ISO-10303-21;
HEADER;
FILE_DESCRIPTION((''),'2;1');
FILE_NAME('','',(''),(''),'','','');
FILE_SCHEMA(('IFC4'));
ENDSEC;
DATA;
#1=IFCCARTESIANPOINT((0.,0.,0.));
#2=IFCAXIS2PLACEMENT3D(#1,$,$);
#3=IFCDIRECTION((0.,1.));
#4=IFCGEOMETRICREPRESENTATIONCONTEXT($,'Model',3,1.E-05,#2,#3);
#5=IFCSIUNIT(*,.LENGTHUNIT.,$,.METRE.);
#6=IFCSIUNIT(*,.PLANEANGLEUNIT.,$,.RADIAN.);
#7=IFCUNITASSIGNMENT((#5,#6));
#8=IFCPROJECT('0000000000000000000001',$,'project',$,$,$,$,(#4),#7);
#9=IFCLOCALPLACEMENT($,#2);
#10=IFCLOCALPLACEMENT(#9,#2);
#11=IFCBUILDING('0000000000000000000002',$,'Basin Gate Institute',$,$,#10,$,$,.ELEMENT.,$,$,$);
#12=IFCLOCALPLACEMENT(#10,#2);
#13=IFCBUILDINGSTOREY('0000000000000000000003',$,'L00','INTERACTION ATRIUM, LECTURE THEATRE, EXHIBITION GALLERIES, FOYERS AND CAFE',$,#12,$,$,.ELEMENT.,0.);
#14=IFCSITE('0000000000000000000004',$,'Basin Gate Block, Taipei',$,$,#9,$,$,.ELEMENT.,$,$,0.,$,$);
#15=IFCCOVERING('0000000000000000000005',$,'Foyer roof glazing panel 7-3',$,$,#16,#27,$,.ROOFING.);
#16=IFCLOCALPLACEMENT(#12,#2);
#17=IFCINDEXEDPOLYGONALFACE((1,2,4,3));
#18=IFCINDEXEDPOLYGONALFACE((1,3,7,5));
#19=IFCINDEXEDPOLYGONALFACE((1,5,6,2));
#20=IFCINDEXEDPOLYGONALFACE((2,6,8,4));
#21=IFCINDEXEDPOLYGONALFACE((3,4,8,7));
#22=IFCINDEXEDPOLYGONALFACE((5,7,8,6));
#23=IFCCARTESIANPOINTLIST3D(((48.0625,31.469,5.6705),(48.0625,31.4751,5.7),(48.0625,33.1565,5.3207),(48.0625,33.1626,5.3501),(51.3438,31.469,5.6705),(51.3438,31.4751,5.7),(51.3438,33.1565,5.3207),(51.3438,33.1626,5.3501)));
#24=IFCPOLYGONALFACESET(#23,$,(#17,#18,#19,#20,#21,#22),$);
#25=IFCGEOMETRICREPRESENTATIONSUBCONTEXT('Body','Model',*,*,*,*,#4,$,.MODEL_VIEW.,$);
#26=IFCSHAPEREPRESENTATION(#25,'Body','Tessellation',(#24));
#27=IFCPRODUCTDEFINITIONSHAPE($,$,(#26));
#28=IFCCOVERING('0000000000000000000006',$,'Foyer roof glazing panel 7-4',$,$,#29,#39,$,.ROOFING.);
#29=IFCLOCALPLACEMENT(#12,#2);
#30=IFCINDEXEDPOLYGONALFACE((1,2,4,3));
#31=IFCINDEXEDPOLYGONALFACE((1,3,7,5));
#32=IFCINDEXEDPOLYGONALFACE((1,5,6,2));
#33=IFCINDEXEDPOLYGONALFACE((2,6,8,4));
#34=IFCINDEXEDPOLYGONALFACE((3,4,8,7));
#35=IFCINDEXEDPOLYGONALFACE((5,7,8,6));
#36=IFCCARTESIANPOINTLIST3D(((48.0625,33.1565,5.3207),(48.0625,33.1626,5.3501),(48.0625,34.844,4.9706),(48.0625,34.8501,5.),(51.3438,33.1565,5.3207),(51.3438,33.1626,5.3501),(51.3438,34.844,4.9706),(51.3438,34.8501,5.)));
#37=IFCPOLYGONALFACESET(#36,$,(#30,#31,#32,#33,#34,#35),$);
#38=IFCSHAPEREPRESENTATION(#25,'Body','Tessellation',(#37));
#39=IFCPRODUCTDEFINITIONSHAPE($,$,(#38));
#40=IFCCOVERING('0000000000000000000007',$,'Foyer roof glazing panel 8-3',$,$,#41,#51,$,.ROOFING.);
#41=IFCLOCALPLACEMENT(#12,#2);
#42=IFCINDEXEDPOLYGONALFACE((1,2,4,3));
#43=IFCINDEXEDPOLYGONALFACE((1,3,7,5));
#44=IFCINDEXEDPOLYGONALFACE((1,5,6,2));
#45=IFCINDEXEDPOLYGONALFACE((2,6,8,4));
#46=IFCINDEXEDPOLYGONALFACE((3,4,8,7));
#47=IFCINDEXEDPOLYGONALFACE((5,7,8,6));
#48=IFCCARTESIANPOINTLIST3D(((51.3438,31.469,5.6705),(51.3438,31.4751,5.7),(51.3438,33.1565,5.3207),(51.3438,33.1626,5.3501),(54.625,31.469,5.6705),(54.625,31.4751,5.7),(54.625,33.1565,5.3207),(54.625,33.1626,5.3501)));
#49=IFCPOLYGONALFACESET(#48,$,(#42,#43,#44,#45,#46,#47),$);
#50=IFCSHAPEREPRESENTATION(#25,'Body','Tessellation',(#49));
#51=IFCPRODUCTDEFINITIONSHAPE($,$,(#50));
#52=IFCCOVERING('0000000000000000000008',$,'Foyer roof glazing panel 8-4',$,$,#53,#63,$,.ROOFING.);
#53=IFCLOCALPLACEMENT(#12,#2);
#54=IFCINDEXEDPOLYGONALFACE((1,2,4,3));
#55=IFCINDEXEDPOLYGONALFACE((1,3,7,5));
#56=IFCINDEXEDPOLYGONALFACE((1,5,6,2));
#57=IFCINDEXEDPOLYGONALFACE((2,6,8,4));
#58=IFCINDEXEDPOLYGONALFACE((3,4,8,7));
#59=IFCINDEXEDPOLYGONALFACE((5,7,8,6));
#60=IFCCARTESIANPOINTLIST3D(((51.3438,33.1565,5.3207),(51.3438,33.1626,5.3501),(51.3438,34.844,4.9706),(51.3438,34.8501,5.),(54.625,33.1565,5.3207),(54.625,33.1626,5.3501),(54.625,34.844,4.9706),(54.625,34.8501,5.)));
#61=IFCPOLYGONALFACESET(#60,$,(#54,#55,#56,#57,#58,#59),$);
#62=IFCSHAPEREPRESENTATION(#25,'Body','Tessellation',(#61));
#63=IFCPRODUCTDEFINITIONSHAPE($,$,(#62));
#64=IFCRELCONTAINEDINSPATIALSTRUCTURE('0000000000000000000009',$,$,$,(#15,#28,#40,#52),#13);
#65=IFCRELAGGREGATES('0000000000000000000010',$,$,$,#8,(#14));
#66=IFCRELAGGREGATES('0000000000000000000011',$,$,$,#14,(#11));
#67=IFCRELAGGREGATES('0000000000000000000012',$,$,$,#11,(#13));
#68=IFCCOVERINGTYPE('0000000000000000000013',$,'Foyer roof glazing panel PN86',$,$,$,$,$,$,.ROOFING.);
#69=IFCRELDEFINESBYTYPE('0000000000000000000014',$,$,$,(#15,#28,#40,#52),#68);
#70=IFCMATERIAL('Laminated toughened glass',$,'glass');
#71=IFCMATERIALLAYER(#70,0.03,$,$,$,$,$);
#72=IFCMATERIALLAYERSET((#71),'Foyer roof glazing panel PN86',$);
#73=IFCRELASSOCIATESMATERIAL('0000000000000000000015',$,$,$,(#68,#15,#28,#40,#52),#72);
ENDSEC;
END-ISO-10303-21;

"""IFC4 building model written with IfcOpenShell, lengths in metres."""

from ifc_helpers import new_model, si_unit, direction, frame, origin, place, context, subcontext, project, spatial, polyline, outline, extrude, material, layer, layer_set, type_object, element, save


model = new_model("IFC4")

# Units and contexts
model_context = context("Model", 3, precision=1e-05, world=origin(), true_north=direction((0.0, 1.0)))
body_context = subcontext(model_context, "Body", "Model", "MODEL_VIEW")
ifc_project = project(units=[si_unit("LENGTHUNIT", "METRE"), si_unit("PLANEANGLEUNIT", "RADIAN")], contexts=[model_context])

# Site, building, storey
site_placement = place(None, origin())
site = spatial("IfcSite", under=ifc_project, at=site_placement, Name="Basin Gate Block, Taipei", CompositionType="ELEMENT", RefElevation=0.0)
building_placement = place(site_placement, origin())
building = spatial("IfcBuilding", under=site, at=building_placement, Name="Basin Gate Institute", CompositionType="ELEMENT")
storey_placement = place(building_placement, origin())
storey = spatial("IfcBuildingStorey", under=building, at=storey_placement, Name="L00", Description="INTERACTION ATRIUM, LECTURE THEATRE, EXHIBITION GALLERIES, FOYERS AND CAFE", CompositionType="ELEMENT", Elevation=0.0)

# Coverings
ifc_material_1 = material(Name="Laminated toughened glass", Category="glass")
ifc_layer_1 = layer(ifc_material_1, 0.03)
ifc_layer_set_1 = layer_set([ifc_layer_1], Name="Foyer roof glazing panel PN86")
covering_type = type_object("IfcCoveringType", Name="Foyer roof glazing panel PN86", PredefinedType="ROOFING", material=ifc_layer_set_1)
covering_1_placement = place(storey_placement, frame((48.0625, 31.4751, 5.7), z_axis=(0.0, 0.203004, 0.979178), x_axis=(1.0, 0.0, 0.0)))
element("IfcCovering", 1, at=covering_1_placement, inside=storey, type_object=covering_type, material=ifc_layer_set_1, Name="Foyer roof glazing panel 7-3", PredefinedType="ROOFING", context=body_context, shape_type="SweptSolid", body=[
    extrude(outline(polyline([(0.0, 0.0), (3.2812, 0.0), (3.2812, 1.7234), (0.0, 1.7234), (0.0, 0.0)])), origin(), (0.0, 0.0, -1.0), 0.03),
])
covering_2_placement = place(storey_placement, frame((48.0625, 33.1626, 5.3501), z_axis=(0.0, 0.20314, 0.97915), x_axis=(1.0, 0.0, 0.0)))
element("IfcCovering", 2, at=covering_2_placement, inside=storey, type_object=covering_type, material=ifc_layer_set_1, Name="Foyer roof glazing panel 7-4", PredefinedType="ROOFING", context=body_context, shape_type="SweptSolid", body=[
    extrude(outline(polyline([(0.0, 0.0), (3.2812, 0.0), (3.2812, 1.7234), (0.0, 1.7234), (0.0, 0.0)])), origin(), (0.0, 0.0, -1.0), 0.03),
])
covering_3_placement = place(storey_placement, frame((51.3438, 31.4751, 5.7), z_axis=(0.0, 0.203004, 0.979178), x_axis=(1.0, 0.0, 0.0)))
element("IfcCovering", 3, at=covering_3_placement, inside=storey, type_object=covering_type, material=ifc_layer_set_1, Name="Foyer roof glazing panel 8-3", PredefinedType="ROOFING", context=body_context, shape_type="SweptSolid", body=[
    extrude(outline(polyline([(0.0, 0.0), (3.2812, 0.0), (3.2812, 1.7234), (0.0, 1.7234), (0.0, 0.0)])), origin(), (0.0, 0.0, -1.0), 0.03),
])
covering_4_placement = place(storey_placement, frame((51.3438, 33.1626, 5.3501), z_axis=(0.0, 0.20314, 0.97915), x_axis=(1.0, 0.0, 0.0)))
element("IfcCovering", 4, at=covering_4_placement, inside=storey, type_object=covering_type, material=ifc_layer_set_1, Name="Foyer roof glazing panel 8-4", PredefinedType="ROOFING", context=body_context, shape_type="SweptSolid", body=[
    extrude(outline(polyline([(0.0, 0.0), (3.2812, 0.0), (3.2812, 1.7234), (0.0, 1.7234), (0.0, 0.0)])), origin(), (0.0, 0.0, -1.0), 0.03),
])

save(model, "model.ifc")
